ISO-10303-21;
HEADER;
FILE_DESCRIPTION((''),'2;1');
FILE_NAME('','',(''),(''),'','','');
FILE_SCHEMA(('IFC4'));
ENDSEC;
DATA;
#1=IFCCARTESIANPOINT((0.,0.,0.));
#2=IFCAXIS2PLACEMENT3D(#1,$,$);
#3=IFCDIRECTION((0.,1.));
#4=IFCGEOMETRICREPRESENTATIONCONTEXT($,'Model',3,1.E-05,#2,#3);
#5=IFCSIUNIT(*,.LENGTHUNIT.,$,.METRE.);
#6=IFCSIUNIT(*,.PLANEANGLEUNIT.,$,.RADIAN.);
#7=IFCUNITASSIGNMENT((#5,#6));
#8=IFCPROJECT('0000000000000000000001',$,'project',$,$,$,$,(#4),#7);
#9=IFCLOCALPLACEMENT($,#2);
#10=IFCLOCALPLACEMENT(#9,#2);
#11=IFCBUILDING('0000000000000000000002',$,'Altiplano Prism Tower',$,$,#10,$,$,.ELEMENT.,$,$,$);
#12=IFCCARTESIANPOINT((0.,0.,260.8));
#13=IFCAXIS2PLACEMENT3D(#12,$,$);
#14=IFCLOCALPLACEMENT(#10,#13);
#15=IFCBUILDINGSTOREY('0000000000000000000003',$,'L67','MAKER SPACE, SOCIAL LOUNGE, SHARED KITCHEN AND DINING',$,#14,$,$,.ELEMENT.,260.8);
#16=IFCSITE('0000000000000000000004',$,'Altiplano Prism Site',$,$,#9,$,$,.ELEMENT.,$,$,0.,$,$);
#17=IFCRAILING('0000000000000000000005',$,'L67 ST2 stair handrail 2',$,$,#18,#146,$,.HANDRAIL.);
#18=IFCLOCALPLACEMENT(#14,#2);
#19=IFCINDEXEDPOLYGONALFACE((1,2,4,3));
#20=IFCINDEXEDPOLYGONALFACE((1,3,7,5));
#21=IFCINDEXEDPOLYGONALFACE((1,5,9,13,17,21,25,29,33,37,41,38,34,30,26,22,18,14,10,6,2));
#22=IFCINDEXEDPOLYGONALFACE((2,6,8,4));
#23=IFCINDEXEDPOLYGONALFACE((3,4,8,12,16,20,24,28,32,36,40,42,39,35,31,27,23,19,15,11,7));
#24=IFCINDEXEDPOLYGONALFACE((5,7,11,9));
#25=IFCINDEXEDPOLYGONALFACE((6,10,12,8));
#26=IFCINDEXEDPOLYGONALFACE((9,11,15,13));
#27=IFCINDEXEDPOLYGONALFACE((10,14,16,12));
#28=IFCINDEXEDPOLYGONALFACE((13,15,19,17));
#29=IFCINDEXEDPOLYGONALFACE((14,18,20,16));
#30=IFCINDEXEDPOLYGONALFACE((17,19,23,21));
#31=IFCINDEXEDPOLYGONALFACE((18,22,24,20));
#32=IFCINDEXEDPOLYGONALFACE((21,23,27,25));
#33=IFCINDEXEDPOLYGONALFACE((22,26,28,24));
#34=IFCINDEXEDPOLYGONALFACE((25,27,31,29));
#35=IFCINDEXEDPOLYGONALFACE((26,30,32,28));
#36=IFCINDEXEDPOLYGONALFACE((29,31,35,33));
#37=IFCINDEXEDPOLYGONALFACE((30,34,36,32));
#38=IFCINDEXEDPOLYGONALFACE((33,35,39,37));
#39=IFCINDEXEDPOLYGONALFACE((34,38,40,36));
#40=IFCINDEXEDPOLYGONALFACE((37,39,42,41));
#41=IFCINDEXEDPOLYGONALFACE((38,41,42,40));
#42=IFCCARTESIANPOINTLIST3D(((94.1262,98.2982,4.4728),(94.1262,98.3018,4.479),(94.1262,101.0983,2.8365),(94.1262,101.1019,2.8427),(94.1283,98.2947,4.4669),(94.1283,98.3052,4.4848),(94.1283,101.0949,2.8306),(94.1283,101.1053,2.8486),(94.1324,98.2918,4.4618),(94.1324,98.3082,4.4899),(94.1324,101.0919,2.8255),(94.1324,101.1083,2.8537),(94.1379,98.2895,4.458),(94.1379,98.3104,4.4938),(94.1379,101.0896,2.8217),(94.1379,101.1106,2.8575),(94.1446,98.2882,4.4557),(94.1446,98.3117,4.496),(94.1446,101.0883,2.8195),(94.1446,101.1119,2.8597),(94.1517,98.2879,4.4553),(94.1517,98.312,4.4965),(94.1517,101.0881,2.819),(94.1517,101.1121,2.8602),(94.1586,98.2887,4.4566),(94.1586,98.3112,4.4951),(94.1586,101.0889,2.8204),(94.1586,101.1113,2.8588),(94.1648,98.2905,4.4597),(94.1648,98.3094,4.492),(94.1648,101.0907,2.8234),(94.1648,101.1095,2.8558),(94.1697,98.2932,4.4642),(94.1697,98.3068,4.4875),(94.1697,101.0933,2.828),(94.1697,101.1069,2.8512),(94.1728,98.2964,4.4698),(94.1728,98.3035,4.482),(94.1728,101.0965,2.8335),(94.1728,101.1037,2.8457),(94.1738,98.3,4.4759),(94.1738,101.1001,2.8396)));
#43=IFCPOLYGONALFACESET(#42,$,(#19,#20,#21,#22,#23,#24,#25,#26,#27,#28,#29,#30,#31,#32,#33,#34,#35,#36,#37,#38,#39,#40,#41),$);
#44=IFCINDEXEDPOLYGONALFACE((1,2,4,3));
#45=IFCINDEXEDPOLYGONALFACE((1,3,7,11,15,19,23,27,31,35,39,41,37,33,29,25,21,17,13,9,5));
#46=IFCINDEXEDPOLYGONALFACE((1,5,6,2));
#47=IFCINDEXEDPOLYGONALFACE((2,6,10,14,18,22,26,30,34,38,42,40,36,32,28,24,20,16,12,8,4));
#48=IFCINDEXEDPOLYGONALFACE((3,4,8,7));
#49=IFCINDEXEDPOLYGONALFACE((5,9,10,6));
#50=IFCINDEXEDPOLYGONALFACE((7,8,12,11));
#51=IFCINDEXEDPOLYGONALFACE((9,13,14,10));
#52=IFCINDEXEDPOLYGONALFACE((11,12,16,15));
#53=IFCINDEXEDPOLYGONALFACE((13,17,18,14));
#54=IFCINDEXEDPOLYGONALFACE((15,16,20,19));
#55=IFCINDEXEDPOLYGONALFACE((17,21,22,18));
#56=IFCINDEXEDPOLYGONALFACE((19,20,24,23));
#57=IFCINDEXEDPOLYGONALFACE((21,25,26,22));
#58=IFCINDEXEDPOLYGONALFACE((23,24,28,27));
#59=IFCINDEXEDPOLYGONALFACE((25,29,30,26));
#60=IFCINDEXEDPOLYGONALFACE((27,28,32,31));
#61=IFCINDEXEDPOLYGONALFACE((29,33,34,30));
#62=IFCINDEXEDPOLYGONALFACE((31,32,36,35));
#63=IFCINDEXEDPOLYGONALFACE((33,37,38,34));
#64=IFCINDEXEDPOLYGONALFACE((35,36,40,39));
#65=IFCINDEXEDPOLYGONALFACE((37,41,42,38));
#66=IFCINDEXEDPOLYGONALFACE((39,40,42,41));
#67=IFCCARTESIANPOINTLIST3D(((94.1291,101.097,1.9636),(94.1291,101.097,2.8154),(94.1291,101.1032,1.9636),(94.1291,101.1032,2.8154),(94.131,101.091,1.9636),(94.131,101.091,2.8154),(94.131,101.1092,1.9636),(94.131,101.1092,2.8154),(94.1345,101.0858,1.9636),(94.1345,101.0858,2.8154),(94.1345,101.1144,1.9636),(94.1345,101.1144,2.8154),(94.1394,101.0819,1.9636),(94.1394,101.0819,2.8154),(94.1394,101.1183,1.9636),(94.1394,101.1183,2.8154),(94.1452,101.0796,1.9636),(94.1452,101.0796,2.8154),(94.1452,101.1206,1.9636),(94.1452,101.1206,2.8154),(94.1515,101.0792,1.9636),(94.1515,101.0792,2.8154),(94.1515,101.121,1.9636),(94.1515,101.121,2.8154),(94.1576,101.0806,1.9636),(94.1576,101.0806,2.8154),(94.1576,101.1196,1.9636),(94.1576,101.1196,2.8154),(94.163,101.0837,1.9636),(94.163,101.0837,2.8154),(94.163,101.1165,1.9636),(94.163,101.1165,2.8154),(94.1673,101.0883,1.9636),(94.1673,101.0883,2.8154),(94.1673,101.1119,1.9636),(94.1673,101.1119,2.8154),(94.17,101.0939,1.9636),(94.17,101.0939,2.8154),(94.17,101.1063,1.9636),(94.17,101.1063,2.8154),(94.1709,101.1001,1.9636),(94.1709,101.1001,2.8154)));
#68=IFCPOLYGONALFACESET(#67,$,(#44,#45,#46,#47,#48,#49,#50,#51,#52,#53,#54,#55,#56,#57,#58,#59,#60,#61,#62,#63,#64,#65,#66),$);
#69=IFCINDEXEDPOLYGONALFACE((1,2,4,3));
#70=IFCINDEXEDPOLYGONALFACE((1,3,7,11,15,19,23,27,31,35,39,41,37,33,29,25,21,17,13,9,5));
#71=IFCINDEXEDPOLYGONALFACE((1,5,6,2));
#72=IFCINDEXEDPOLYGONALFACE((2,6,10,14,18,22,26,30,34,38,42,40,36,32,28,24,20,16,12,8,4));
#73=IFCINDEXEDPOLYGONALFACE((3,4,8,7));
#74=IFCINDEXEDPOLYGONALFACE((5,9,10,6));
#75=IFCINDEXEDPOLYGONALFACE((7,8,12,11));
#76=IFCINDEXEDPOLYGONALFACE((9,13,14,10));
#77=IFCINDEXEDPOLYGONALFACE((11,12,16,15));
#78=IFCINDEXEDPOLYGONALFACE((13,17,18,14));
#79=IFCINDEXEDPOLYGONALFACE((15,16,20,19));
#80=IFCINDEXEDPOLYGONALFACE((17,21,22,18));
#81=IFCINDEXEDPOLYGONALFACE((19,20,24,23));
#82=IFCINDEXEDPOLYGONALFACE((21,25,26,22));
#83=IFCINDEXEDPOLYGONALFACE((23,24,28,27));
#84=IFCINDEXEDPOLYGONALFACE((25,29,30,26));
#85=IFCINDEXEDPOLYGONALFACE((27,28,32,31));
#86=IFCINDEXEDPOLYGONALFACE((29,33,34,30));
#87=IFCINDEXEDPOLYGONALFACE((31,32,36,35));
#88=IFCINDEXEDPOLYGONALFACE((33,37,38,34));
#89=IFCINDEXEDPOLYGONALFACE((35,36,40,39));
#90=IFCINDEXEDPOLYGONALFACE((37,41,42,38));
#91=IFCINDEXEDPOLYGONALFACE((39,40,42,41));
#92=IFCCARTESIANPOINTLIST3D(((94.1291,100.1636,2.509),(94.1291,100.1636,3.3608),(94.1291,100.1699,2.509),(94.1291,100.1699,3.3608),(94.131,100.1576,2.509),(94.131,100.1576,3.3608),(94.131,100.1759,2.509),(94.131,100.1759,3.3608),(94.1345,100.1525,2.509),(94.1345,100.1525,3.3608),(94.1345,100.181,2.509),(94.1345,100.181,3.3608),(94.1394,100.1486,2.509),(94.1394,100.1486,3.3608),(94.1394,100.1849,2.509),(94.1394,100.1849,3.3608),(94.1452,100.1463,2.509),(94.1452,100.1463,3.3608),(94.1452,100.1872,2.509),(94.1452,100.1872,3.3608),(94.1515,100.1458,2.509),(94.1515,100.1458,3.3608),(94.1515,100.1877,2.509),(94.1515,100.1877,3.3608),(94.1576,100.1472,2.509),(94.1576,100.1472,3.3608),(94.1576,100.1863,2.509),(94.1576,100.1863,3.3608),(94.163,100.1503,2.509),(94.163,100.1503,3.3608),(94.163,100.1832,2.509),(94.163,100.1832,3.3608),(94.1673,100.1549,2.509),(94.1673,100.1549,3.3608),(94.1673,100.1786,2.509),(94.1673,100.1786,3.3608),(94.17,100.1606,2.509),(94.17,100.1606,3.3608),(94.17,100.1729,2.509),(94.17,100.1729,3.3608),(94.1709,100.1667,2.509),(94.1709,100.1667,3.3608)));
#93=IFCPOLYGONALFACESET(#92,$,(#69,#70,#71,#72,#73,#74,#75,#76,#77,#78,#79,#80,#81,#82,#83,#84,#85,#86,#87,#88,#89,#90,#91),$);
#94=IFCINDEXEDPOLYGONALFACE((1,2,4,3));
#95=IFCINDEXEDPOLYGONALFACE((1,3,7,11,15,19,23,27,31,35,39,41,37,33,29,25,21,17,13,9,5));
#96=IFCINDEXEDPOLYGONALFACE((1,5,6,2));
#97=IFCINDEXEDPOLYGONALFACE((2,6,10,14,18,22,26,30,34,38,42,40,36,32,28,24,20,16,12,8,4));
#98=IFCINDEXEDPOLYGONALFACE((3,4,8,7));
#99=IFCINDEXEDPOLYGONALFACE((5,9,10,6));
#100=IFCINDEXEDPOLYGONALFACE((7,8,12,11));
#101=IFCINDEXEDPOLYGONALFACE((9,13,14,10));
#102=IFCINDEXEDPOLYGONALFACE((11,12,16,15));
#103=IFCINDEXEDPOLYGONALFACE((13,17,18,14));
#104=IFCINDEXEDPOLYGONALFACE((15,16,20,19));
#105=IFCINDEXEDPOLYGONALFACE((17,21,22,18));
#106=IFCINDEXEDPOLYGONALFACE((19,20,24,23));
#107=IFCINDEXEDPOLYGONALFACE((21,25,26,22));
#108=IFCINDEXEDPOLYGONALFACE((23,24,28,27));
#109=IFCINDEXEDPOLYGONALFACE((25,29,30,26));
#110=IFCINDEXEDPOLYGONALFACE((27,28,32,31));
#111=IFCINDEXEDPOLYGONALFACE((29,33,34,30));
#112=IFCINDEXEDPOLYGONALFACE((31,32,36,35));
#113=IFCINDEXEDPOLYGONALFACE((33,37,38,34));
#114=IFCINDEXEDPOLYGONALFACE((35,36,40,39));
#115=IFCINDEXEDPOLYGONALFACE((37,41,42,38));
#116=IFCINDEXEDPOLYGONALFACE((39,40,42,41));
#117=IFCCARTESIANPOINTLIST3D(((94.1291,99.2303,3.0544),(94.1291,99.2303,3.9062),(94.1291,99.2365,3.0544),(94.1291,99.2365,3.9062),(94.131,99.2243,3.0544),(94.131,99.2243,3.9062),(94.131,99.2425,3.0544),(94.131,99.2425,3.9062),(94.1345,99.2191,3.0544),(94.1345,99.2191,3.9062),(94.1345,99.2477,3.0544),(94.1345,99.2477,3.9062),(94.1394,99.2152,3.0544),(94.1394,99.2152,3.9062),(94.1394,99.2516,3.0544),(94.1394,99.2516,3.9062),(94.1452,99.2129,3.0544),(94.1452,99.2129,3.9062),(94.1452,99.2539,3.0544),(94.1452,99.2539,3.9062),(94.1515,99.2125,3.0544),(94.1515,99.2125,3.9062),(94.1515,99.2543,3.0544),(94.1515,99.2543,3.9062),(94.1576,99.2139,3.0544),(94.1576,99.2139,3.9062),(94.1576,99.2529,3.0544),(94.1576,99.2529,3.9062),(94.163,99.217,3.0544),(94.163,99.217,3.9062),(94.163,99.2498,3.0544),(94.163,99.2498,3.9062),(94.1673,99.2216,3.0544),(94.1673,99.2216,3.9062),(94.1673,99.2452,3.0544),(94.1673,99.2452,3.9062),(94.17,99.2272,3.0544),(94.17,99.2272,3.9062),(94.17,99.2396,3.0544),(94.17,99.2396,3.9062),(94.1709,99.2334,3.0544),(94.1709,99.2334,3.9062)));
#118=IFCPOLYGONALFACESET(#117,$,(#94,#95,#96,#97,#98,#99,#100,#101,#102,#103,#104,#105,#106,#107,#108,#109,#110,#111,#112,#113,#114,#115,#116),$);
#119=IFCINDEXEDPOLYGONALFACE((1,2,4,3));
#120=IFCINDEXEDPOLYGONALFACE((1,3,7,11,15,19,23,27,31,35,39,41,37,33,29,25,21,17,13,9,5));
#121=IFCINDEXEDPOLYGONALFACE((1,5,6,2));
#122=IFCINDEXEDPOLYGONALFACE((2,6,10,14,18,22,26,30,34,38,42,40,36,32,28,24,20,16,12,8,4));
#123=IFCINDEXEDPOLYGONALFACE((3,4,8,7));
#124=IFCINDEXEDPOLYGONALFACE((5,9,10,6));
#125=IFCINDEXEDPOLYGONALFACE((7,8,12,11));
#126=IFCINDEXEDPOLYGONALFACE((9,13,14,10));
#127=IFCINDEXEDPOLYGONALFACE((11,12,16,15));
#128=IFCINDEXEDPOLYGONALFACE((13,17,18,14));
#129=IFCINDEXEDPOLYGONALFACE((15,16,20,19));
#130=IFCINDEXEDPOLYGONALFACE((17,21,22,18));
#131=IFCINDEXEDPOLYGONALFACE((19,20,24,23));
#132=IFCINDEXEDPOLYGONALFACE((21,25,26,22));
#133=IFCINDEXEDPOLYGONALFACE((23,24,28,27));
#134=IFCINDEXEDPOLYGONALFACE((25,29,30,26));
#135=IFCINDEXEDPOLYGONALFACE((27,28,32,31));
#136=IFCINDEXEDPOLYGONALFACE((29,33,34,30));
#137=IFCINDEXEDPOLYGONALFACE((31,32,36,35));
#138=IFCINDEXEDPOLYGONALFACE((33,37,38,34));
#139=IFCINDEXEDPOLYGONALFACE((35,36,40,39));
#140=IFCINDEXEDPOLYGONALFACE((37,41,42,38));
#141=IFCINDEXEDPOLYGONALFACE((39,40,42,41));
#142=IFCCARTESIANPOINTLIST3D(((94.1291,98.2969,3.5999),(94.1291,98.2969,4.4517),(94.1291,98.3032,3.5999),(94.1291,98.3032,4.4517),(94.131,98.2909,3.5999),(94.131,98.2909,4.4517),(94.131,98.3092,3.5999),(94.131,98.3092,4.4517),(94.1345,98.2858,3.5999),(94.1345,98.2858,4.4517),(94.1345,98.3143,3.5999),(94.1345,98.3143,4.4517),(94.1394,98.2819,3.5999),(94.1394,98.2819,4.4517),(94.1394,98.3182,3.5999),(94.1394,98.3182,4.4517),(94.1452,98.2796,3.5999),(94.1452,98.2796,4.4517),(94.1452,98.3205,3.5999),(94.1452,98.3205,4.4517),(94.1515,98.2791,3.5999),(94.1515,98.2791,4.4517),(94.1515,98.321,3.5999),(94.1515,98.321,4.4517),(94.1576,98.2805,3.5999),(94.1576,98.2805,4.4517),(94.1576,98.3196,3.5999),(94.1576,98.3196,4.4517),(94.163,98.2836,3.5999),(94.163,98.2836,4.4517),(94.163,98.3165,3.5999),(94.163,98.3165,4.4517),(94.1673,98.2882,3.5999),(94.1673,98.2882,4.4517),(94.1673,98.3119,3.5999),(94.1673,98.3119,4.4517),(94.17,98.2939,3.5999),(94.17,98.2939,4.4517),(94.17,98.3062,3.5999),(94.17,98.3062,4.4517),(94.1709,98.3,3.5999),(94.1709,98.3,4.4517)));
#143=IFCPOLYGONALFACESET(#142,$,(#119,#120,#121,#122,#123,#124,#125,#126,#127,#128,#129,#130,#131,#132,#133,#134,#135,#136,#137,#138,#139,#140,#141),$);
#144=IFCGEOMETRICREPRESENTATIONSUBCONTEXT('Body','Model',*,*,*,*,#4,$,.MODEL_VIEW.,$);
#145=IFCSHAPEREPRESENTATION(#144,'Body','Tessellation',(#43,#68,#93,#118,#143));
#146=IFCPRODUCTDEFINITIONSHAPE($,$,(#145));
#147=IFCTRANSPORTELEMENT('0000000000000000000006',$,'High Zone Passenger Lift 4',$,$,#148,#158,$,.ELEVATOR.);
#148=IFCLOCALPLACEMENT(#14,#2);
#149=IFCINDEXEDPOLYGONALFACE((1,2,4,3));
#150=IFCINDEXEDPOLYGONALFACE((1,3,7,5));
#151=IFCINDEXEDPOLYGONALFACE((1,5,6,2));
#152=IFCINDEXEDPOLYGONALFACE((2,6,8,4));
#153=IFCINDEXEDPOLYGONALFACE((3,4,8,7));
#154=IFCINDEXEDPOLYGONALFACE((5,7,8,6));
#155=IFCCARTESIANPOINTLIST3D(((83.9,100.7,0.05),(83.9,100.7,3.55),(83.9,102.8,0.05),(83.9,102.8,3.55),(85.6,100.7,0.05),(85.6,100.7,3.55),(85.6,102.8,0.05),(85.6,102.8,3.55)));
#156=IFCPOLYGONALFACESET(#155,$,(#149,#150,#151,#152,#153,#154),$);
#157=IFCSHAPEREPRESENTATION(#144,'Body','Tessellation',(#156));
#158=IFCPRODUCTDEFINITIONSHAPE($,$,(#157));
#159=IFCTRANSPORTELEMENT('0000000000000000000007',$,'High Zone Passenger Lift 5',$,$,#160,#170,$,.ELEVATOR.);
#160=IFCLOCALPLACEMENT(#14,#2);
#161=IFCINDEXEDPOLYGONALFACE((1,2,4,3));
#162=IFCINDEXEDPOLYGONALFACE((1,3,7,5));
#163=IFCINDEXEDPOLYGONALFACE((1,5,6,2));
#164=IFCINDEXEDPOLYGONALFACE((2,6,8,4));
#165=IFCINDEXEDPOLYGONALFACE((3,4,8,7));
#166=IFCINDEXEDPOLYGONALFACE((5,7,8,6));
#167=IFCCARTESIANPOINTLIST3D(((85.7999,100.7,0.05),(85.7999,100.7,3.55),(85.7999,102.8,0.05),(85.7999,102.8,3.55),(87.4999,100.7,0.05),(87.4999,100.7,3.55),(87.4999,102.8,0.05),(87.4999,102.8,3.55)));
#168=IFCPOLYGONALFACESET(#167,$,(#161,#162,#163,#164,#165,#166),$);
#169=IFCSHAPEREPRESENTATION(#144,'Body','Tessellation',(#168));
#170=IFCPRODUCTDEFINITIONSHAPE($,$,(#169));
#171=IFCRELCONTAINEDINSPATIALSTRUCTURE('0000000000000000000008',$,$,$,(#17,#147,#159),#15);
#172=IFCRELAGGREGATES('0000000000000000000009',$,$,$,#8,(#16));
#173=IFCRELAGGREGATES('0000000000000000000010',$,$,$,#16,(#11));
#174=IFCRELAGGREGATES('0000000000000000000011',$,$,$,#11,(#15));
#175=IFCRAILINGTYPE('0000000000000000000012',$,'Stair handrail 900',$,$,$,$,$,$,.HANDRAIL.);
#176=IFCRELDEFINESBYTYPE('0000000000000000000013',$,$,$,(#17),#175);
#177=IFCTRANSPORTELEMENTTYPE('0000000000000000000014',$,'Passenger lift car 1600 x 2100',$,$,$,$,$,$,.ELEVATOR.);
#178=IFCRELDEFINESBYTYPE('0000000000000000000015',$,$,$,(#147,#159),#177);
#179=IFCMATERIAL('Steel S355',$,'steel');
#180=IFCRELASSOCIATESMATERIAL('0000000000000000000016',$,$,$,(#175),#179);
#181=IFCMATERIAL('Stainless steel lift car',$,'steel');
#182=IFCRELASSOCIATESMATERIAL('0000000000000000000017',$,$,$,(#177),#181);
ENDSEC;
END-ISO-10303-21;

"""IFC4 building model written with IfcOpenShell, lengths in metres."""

from ifc_helpers import new_model, si_unit, direction, frame, origin, origin_2d, place, context, subcontext, project, spatial, rectangle, circle, extrude, material, type_object, element, save


model = new_model("IFC4")

# Units and contexts
model_context = context("Model", 3, precision=1e-05, world=origin(), true_north=direction((0.0, 1.0)))
body_context = subcontext(model_context, "Body", "Model", "MODEL_VIEW")
ifc_project = project(units=[si_unit("LENGTHUNIT", "METRE"), si_unit("PLANEANGLEUNIT", "RADIAN")], contexts=[model_context])

# Site, building, storey
site_placement = place(None, origin())
site = spatial("IfcSite", under=ifc_project, at=site_placement, Name="Altiplano Prism Site", CompositionType="ELEMENT", RefElevation=0.0)
building_placement = place(site_placement, origin())
building = spatial("IfcBuilding", under=site, at=building_placement, Name="Altiplano Prism Tower", CompositionType="ELEMENT")
storey_placement = place(building_placement, frame((0.0, 0.0, 260.8)))
storey = spatial("IfcBuildingStorey", under=building, at=storey_placement, Name="L67", Description="MAKER SPACE, SOCIAL LOUNGE, SHARED KITCHEN AND DINING", CompositionType="ELEMENT", Elevation=260.8)

# Railing
ifc_material_1 = material(Name="Steel S355", Category="steel")
railing_type_1 = type_object("IfcRailingType", Name="Stair handrail 900", PredefinedType="HANDRAIL", material=ifc_material_1)
railing_1_placement = place(storey_placement, frame((94.1499, 101.1001, 1.9636)))
element("IfcRailing", 1, at=railing_1_placement, inside=storey, type_object=railing_type_1, Name="L67 ST2 stair handrail 2", PredefinedType="HANDRAIL", context=body_context, shape_type="SweptSolid", body=[
    extrude(circle(Radius=0.0239, at=origin_2d()), frame((0.0, 0.0, 0.876), z_axis=(0.0, -0.863394, 0.504531), x_axis=(1.0, 0.0, 0.0)), (0.0, 0.0, 1.0), 3.2432),
    extrude(circle(Radius=0.021, at=origin_2d()), origin(), (0.0, 0.0, 1.0), 0.8518),
    extrude(circle(Radius=0.021, at=origin_2d()), frame((0.0, -0.9333, 0.5454)), (0.0, 0.0, 1.0), 0.8518),
    extrude(circle(Radius=0.021, at=origin_2d()), frame((0.0, -1.8667, 1.0908)), (0.0, 0.0, 1.0), 0.8518),
    extrude(circle(Radius=0.021, at=origin_2d()), frame((0.0, -2.8, 1.6362)), (0.0, 0.0, 1.0), 0.8518),
])

# Transport elements
ifc_material_2 = material(Name="Stainless steel lift car", Category="steel")
transport_element_type = type_object("IfcTransportElementType", Name="Passenger lift car 1600 x 2100", PredefinedType="ELEVATOR", material=ifc_material_2)
for number, where, z_axis, x_axis, name in (
    (2, (84.75, 101.75, 0.05), (0.0, 0.0, 1.0), (1.0, 0.0, 0.0), "High Zone Passenger Lift 4"),
    (3, (86.6499, 101.75, 0.05), (0.0, 0.0, 1.0), (1.0, 0.0, 0.0), "High Zone Passenger Lift 5"),
):
    element("IfcTransportElement", number, at=place(storey_placement, frame(where, z_axis=z_axis, x_axis=x_axis)), inside=storey, type_object=transport_element_type, Name=name, PredefinedType="ELEVATOR", context=body_context, shape_type="SweptSolid", body=[
        extrude(rectangle(XDim=1.7, YDim=2.1001, at=origin_2d()), origin(), (0.0, 0.0, 1.0), 3.5),
    ])

save(model, "model.ifc")
